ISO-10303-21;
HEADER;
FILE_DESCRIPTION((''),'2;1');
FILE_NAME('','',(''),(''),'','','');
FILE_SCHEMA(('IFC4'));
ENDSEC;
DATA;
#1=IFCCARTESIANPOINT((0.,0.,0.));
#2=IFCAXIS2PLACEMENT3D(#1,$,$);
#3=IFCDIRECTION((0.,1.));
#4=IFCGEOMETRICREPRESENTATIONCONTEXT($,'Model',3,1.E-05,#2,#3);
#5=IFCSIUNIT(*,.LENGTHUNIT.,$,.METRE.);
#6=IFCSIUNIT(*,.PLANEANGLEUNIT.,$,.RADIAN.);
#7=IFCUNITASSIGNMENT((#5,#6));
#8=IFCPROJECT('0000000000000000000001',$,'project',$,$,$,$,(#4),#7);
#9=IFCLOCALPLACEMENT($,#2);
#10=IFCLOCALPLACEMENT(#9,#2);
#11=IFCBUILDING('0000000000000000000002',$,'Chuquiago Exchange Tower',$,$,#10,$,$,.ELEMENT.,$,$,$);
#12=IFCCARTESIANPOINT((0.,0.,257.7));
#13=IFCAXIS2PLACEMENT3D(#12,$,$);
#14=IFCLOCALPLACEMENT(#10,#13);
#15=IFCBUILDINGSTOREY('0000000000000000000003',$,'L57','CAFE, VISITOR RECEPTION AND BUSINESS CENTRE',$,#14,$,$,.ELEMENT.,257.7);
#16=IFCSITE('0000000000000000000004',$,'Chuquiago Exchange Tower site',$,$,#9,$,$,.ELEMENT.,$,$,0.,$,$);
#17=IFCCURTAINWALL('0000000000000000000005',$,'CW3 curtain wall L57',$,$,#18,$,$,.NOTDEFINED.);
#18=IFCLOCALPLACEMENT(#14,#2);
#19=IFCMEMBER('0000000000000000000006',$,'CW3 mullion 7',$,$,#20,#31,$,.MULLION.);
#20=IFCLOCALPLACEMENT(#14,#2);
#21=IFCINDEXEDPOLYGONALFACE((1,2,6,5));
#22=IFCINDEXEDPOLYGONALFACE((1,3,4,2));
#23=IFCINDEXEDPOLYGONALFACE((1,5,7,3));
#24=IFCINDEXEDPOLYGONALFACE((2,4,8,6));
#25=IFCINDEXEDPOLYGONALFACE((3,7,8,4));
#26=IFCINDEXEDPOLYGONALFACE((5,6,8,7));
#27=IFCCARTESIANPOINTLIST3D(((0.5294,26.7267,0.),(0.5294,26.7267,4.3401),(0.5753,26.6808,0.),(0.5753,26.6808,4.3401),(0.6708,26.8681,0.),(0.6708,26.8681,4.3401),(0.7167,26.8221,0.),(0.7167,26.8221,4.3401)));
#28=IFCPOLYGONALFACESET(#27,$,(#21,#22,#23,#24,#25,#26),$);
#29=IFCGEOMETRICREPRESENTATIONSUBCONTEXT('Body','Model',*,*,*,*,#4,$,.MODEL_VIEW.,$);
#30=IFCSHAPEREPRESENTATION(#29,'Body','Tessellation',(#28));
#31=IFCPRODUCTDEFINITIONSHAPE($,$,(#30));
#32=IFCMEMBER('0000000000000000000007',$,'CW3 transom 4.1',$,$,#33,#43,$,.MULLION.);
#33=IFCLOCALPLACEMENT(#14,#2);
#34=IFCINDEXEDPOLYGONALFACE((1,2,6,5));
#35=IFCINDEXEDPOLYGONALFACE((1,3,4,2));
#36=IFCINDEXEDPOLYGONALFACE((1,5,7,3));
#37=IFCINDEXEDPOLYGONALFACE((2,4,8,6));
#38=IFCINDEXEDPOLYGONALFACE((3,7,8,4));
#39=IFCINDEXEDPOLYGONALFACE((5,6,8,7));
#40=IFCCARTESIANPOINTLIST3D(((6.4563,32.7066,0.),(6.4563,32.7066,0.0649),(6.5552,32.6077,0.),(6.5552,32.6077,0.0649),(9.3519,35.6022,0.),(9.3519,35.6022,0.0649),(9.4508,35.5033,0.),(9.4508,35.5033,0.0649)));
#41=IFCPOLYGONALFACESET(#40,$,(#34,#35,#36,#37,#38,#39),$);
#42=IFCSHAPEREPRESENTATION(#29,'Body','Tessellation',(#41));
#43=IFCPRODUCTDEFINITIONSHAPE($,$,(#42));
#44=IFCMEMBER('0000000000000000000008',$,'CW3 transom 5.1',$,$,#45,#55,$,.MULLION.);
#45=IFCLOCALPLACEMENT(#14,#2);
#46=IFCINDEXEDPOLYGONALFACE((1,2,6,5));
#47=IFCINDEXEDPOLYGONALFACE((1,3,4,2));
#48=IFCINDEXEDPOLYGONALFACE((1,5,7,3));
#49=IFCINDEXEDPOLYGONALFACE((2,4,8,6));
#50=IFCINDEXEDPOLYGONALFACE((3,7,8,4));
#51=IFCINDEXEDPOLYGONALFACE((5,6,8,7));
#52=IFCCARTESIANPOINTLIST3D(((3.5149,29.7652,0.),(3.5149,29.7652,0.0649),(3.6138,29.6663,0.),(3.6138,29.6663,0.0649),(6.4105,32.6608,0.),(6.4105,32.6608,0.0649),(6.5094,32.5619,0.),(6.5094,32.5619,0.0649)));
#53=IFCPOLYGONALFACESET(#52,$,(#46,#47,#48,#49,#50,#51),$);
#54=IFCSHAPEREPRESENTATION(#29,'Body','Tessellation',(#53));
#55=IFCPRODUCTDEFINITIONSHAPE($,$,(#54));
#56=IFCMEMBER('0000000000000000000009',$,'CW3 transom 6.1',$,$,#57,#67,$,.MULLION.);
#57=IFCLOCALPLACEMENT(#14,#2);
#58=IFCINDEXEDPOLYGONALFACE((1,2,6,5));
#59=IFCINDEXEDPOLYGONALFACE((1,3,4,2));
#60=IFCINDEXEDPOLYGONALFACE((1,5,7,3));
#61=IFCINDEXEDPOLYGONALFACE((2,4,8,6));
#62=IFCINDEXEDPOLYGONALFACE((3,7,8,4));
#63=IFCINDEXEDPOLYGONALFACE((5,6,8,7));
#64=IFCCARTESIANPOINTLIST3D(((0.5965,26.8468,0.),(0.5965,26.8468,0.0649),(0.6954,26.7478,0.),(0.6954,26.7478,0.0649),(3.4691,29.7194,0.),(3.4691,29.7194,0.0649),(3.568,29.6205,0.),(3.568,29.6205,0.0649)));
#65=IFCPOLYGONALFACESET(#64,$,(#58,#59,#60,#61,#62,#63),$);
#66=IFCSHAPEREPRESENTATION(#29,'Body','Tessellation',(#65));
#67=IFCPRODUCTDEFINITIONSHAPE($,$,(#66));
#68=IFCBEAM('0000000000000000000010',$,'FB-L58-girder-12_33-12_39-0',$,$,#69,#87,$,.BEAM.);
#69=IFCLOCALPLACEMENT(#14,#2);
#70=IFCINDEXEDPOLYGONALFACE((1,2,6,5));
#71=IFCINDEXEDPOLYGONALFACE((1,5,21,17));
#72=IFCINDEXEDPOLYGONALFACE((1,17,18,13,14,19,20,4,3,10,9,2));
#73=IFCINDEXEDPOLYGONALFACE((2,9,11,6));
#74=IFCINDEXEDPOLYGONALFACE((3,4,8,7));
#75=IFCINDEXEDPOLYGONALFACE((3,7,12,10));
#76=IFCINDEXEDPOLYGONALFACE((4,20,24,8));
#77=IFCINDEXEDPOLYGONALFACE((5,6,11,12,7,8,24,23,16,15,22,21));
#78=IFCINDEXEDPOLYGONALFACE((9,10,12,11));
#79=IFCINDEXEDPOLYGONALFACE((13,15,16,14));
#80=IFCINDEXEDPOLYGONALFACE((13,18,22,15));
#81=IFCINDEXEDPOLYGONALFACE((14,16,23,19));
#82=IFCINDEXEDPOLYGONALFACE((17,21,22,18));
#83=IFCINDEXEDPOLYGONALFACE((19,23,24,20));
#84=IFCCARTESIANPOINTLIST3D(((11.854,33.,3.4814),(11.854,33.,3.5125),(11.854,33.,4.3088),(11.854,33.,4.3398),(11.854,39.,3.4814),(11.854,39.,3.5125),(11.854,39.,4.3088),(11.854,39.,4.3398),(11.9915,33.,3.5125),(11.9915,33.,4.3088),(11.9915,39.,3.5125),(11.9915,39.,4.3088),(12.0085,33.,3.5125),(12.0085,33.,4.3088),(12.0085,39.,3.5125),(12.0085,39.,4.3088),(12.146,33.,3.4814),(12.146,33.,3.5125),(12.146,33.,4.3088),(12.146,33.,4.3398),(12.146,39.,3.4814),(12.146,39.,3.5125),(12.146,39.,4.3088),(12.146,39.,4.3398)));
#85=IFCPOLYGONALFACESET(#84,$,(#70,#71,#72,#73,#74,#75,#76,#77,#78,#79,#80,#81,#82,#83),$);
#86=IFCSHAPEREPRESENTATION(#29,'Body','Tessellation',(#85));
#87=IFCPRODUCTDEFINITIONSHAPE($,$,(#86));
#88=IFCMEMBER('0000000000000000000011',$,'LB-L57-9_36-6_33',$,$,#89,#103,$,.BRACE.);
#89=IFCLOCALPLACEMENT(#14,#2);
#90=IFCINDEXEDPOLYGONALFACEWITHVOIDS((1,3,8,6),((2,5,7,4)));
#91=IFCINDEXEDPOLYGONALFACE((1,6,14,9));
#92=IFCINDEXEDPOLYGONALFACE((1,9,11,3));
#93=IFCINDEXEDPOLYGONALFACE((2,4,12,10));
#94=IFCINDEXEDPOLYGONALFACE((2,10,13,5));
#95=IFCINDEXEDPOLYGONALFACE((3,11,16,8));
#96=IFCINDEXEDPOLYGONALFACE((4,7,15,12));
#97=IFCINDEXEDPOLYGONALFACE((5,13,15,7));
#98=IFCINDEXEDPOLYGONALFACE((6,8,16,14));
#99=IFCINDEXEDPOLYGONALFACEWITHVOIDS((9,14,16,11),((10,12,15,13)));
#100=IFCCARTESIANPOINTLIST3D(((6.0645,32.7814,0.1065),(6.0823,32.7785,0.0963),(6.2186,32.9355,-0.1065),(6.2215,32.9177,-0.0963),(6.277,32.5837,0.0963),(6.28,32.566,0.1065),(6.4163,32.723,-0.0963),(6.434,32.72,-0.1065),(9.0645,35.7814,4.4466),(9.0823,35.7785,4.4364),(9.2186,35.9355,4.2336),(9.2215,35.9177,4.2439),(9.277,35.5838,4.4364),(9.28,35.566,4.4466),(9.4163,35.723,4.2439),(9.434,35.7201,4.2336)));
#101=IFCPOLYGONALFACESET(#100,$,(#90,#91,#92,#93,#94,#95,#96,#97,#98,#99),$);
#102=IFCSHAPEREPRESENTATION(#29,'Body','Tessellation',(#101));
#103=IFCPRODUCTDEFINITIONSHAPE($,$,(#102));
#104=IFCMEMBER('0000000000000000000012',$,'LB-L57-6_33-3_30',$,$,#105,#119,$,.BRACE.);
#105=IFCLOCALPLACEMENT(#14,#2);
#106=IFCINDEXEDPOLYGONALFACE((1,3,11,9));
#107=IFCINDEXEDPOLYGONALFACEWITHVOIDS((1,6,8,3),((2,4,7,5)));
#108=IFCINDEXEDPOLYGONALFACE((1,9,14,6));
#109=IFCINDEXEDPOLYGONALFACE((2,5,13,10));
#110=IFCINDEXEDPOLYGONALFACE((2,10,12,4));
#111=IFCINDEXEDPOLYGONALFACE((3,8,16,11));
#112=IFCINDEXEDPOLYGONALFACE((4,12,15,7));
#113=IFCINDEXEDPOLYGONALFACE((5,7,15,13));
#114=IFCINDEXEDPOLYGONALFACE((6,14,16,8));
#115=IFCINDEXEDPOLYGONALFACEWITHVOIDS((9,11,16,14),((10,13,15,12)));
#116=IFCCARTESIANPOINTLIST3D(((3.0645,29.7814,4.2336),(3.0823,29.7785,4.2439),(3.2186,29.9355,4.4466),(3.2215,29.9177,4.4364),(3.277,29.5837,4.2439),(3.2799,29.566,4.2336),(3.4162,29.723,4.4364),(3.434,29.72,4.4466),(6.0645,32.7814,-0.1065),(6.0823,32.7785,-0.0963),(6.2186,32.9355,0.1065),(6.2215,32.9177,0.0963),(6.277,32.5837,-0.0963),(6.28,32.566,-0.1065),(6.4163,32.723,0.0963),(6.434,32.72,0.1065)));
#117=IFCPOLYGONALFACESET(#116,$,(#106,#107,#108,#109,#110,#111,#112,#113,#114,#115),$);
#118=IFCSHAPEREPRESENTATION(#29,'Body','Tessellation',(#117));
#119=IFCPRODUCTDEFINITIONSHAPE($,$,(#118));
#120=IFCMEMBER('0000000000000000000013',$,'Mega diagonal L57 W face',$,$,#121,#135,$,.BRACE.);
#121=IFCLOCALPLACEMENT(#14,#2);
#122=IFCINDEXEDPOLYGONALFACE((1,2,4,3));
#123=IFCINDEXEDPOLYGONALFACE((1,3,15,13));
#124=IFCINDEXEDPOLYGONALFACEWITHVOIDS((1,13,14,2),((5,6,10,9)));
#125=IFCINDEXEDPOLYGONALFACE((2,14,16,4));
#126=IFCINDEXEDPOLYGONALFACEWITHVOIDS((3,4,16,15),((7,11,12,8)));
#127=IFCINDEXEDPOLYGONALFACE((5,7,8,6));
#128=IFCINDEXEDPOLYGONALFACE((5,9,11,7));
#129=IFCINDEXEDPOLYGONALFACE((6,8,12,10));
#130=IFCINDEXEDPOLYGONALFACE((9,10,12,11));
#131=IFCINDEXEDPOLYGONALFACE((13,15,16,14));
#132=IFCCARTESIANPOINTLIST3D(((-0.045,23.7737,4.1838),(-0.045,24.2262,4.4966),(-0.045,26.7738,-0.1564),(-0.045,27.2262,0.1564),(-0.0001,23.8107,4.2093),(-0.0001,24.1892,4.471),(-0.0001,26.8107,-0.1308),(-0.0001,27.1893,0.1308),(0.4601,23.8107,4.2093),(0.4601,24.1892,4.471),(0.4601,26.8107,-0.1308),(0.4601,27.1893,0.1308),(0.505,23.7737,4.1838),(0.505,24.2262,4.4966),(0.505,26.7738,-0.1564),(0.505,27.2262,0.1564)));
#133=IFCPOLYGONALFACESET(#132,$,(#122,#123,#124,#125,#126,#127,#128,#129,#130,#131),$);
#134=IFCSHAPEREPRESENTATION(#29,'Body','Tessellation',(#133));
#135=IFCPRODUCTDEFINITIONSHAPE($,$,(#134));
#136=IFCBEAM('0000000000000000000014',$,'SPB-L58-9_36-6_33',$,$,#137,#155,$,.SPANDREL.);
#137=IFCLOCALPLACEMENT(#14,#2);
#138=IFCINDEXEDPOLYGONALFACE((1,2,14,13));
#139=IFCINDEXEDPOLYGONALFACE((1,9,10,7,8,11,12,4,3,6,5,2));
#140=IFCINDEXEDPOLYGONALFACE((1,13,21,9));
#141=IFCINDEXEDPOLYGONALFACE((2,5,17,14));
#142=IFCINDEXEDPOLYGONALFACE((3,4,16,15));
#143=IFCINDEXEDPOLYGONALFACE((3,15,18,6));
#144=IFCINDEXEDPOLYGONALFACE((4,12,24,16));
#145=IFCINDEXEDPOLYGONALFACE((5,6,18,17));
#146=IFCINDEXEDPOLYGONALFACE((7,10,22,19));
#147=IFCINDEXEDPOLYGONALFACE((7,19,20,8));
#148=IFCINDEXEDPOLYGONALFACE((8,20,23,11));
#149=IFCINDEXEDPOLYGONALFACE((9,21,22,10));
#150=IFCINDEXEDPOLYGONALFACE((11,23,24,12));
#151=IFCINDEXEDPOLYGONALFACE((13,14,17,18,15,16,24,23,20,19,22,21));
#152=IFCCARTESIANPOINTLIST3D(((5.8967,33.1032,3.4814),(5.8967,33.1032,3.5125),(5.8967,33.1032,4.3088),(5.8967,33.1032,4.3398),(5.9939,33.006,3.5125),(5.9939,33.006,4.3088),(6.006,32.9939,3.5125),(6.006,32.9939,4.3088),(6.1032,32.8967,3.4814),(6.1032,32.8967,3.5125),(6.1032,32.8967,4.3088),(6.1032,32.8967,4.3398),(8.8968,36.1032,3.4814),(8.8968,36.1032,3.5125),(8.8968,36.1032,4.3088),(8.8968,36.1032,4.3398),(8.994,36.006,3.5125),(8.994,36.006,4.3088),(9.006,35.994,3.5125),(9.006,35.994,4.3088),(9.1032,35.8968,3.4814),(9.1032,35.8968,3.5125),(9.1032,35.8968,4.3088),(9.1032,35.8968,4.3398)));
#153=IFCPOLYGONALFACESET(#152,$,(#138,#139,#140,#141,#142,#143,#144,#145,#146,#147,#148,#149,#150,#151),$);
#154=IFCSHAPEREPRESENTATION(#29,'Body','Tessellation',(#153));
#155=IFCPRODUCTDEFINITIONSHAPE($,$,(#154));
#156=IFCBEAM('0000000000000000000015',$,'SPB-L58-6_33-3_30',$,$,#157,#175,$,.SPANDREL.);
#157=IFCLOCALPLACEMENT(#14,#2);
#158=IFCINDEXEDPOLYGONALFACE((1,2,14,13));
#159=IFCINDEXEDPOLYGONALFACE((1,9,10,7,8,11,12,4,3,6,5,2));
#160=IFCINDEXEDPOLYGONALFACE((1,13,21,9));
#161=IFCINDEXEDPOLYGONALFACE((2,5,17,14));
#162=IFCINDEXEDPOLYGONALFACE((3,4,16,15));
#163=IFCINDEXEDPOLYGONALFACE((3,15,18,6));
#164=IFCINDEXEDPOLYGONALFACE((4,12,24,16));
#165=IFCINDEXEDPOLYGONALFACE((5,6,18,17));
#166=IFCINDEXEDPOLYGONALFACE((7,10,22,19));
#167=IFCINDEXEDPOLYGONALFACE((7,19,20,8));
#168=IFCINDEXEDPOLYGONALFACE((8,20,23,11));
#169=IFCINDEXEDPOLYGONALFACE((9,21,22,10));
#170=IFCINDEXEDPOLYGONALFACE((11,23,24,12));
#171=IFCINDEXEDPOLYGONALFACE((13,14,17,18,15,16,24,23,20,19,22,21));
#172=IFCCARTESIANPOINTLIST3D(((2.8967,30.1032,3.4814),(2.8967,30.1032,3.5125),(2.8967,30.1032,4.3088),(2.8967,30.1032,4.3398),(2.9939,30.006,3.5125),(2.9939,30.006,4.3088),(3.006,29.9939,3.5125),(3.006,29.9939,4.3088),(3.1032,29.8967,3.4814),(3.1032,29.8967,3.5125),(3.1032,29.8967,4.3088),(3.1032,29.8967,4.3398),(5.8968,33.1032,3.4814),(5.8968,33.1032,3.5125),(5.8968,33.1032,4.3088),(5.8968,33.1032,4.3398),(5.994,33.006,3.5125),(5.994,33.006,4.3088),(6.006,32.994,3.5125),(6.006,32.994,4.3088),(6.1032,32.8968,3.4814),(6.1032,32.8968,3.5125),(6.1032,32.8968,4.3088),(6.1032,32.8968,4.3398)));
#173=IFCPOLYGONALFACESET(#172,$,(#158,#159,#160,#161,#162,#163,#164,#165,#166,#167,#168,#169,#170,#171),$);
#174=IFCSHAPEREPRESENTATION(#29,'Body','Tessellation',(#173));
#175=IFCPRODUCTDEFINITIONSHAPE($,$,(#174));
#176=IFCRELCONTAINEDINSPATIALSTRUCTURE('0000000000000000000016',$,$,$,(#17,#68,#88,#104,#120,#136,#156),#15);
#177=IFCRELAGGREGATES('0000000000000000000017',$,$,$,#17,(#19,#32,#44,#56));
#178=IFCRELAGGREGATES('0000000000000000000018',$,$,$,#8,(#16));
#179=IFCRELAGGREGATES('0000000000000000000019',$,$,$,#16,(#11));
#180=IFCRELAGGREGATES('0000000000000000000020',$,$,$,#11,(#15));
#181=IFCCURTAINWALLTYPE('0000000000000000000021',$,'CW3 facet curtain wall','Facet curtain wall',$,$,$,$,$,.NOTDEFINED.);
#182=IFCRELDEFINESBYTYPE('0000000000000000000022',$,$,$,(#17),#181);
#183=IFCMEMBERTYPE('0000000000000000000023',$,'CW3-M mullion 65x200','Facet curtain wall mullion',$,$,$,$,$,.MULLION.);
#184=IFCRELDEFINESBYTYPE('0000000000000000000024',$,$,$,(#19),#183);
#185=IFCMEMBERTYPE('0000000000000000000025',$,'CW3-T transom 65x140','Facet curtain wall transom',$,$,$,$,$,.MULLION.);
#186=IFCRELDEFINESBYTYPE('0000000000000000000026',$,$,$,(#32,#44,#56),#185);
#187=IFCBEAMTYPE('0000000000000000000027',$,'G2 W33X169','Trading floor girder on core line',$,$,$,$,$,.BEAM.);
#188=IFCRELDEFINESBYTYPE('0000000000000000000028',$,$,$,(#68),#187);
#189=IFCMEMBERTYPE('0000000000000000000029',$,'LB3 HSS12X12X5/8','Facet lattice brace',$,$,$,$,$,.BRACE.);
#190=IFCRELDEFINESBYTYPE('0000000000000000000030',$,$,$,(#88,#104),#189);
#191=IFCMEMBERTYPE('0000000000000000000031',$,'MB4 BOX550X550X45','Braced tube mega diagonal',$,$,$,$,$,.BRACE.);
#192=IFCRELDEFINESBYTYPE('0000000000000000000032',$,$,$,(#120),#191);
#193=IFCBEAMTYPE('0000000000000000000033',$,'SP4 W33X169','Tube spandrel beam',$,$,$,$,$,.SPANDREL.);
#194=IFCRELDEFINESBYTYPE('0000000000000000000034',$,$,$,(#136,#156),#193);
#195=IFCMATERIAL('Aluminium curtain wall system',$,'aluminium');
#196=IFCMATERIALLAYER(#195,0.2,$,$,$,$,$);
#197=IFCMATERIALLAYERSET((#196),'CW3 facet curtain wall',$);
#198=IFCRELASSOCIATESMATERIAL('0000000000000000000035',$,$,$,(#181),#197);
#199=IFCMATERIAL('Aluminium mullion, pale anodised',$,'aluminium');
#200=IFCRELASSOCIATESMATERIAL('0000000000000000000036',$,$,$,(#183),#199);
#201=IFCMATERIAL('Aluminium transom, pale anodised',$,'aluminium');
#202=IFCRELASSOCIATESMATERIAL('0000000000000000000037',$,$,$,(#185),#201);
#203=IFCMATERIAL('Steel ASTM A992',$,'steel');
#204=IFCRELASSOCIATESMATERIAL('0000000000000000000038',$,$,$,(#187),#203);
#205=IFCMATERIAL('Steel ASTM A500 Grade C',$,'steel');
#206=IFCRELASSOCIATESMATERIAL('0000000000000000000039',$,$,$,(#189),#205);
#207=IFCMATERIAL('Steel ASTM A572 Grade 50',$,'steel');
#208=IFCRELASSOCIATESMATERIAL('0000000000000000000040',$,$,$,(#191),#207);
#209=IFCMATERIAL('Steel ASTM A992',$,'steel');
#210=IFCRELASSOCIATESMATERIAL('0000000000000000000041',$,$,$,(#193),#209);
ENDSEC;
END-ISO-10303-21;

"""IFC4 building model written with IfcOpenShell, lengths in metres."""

from ifc_helpers import new_model, si_unit, direction, frame, origin, origin_2d, place, context, subcontext, project, spatial, rectangle, hollow_rectangle, i_section, extrude, material, layer, layer_set, material_profile, profile_set, type_object, element, aggregate, save


model = new_model("IFC4")

# Units and contexts
model_context = context("Model", 3, precision=1e-05, world=origin(), true_north=direction((0.0, 1.0)))
body_context = subcontext(model_context, "Body", "Model", "MODEL_VIEW")
ifc_project = project(units=[si_unit("LENGTHUNIT", "METRE"), si_unit("PLANEANGLEUNIT", "RADIAN")], contexts=[model_context])

# Site, building, storey
site_placement = place(None, origin())
site = spatial("IfcSite", under=ifc_project, at=site_placement, Name="Chuquiago Exchange Tower site", CompositionType="ELEMENT", RefElevation=0.0)
building_placement = place(site_placement, origin())
building = spatial("IfcBuilding", under=site, at=building_placement, Name="Chuquiago Exchange Tower", CompositionType="ELEMENT")
storey_placement = place(building_placement, frame((0.0, 0.0, 257.7)))
storey = spatial("IfcBuildingStorey", under=building, at=storey_placement, Name="L57", Description="CAFE, VISITOR RECEPTION AND BUSINESS CENTRE", CompositionType="ELEMENT", Elevation=257.7)

# Curtain wall, members
ifc_material_1 = material(Name="Aluminium curtain wall system", Category="aluminium")
ifc_layer_1 = layer(ifc_material_1, 0.2)
ifc_layer_set_1 = layer_set([ifc_layer_1], Name="CW3 facet curtain wall")
curtain_wall_type = type_object("IfcCurtainWallType", Name="CW3 facet curtain wall", Description="Facet curtain wall", PredefinedType="NOTDEFINED", material=ifc_layer_set_1)
curtain_wall_placement = place(storey_placement, origin())
curtain_wall = element("IfcCurtainWall", 1, at=curtain_wall_placement, inside=storey, type_object=curtain_wall_type, Name="CW3 curtain wall L57", PredefinedType="NOTDEFINED")
ifc_material_2 = material(Name="Aluminium mullion, pale anodised", Category="aluminium")
ifc_material_profile_1 = material_profile(ifc_material_2, rectangle(XDim=0.0649, YDim=0.2, at=origin_2d()), Name="AL 65x200")
ifc_profile_set_1 = profile_set([ifc_material_profile_1], Name="Aluminium mullion, pale anodised")
member_type_1 = type_object("IfcMemberType", Name="CW3-M mullion 65x200", Description="Facet curtain wall mullion", PredefinedType="MULLION", material=ifc_profile_set_1)
member_1_placement = place(storey_placement, frame((0.623, 26.7744, 0.0), z_axis=(0.0, 0.0, 1.0), x_axis=(0.707107, -0.707107, 0.0)))
member_1 = element("IfcMember", 2, at=member_1_placement, type_object=member_type_1, Name="CW3 mullion 7", PredefinedType="MULLION", context=body_context, shape_type="SweptSolid", body=[
    extrude(rectangle(XDim=0.0649, YDim=0.2, at=origin_2d()), origin(), (0.0, 0.0, 1.0), 4.3401),
])
ifc_material_3 = material(Name="Aluminium transom, pale anodised", Category="aluminium")
ifc_material_profile_2 = material_profile(ifc_material_3, rectangle(XDim=0.1399, YDim=0.0649, at=origin_2d()), Name="AL 140x65")
ifc_profile_set_2 = profile_set([ifc_material_profile_2], Name="Aluminium transom, pale anodised")
member_type_2 = type_object("IfcMemberType", Name="CW3-T transom 65x140", Description="Facet curtain wall transom", PredefinedType="MULLION", material=ifc_profile_set_2)
member_2_placement = place(storey_placement, frame((9.4014, 35.5527, 0.0325), z_axis=(-0.707107, -0.707107, 0.0), x_axis=(0.707107, -0.707107, 0.0)))
member_2 = element("IfcMember", 3, at=member_2_placement, type_object=member_type_2, Name="CW3 transom 4.1", PredefinedType="MULLION", context=body_context, shape_type="SweptSolid", body=[
    extrude(rectangle(XDim=0.1399, YDim=0.0649, at=origin_2d()), origin(), (0.0, 0.0, 1.0), 4.095),
])
member_3_placement = place(storey_placement, frame((6.46, 32.6113, 0.0325), z_axis=(-0.707107, -0.707107, 0.0), x_axis=(0.707107, -0.707107, 0.0)))
member_3 = element("IfcMember", 4, at=member_3_placement, type_object=member_type_2, Name="CW3 transom 5.1", PredefinedType="MULLION", context=body_context, shape_type="SweptSolid", body=[
    extrude(rectangle(XDim=0.1399, YDim=0.0649, at=origin_2d()), origin(), (0.0, 0.0, 1.0), 4.095),
])
member_4_placement = place(storey_placement, frame((3.5186, 29.6699, 0.0325), z_axis=(-0.707107, -0.707107, 0.0), x_axis=(0.707107, -0.707107, 0.0)))
member_4 = element("IfcMember", 5, at=member_4_placement, type_object=member_type_2, Name="CW3 transom 6.1", PredefinedType="MULLION", context=body_context, shape_type="SweptSolid", body=[
    extrude(rectangle(XDim=0.1399, YDim=0.0649, at=origin_2d()), origin(), (0.0, 0.0, 1.0), 4.0625),
])

# Beam
ifc_material_4 = material(Name="Steel ASTM A992", Category="steel")
ifc_material_profile_3 = material_profile(ifc_material_4, i_section(OverallWidth=0.292, OverallDepth=0.8584, WebThickness=0.0171, FlangeThickness=0.031, at=origin_2d()), Name="W33X169")
ifc_profile_set_3 = profile_set([ifc_material_profile_3], Name="Steel ASTM A992")
beam_type_1 = type_object("IfcBeamType", Name="G2 W33X169", Description="Trading floor girder on core line", PredefinedType="BEAM", material=ifc_profile_set_3)
beam_1_placement = place(storey_placement, frame((12.0, 33.0, 3.9106), z_axis=(0.0, 1.0, 0.0), x_axis=(-1.0, 0.0, 0.0)))
element("IfcBeam", 6, at=beam_1_placement, inside=storey, type_object=beam_type_1, Name="FB-L58-girder-12_33-12_39-0", PredefinedType="BEAM", context=body_context, shape_type="SweptSolid", body=[
    extrude(i_section(OverallWidth=0.292, OverallDepth=0.8584, WebThickness=0.0171, FlangeThickness=0.031, at=origin_2d()), origin(), (0.0, 0.0, 1.0), 6.0),
])

# Members
ifc_material_5 = material(Name="Steel ASTM A500 Grade C", Category="steel")
ifc_material_profile_4 = material_profile(ifc_material_5, hollow_rectangle(XDim=0.3047, YDim=0.3047, WallThickness=0.0146, at=origin_2d()), Name="HSS12X12X5/8")
ifc_profile_set_4 = profile_set([ifc_material_profile_4], Name="Steel ASTM A500 Grade C")
member_type_3 = type_object("IfcMemberType", Name="LB3 HSS12X12X5/8", Description="Facet lattice brace", PredefinedType="BRACE", material=ifc_profile_set_4)
for number, where, z_axis, x_axis, name in (
    (7, (6.2493, 32.7507, 0.0), (0.494291, 0.494291, 0.715089), (-0.707107, 0.707107, 0.0), "LB-L57-9_36-6_33"),
    (8, (6.2493, 32.7507, 0.0), (-0.494291, -0.494291, 0.715089), (0.707107, -0.707107, 0.0), "LB-L57-6_33-3_30"),
):
    element("IfcMember", number, at=place(storey_placement, frame(where, z_axis=z_axis, x_axis=x_axis)), inside=storey, type_object=member_type_3, Name=name, PredefinedType="BRACE", context=body_context, shape_type="SweptSolid", body=[
        extrude(hollow_rectangle(XDim=0.3047, YDim=0.3047, WallThickness=0.0146, at=origin_2d()), origin(), (0.0, 0.0, 1.0), 6.0693),
    ])
ifc_material_6 = material(Name="Steel ASTM A572 Grade 50", Category="steel")
ifc_material_profile_5 = material_profile(ifc_material_6, hollow_rectangle(XDim=0.55, YDim=0.55, WallThickness=0.0449, at=origin_2d()), Name="BOX550X550X45")
ifc_profile_set_5 = profile_set([ifc_material_profile_5], Name="Steel ASTM A572 Grade 50")
member_type_4 = type_object("IfcMemberType", Name="MB4 BOX550X550X45", Description="Braced tube mega diagonal", PredefinedType="BRACE", material=ifc_profile_set_5)
member_5_placement = place(storey_placement, frame((0.23, 27.0, 0.0), z_axis=(0.0, -0.568611, 0.822607), x_axis=(1.0, 0.0, 0.0)))
element("IfcMember", 9, at=member_5_placement, inside=storey, type_object=member_type_4, Name="Mega diagonal L57 W face", PredefinedType="BRACE", context=body_context, shape_type="SweptSolid", body=[
    extrude(hollow_rectangle(XDim=0.55, YDim=0.55, WallThickness=0.0449, at=origin_2d()), origin(), (0.0, 0.0, 1.0), 5.2761),
])

# Beams
ifc_material_7 = material(Name="Steel ASTM A992", Category="steel")
ifc_material_profile_6 = material_profile(ifc_material_7, i_section(OverallWidth=0.292, OverallDepth=0.8584, WebThickness=0.0171, FlangeThickness=0.031, at=origin_2d()), Name="W33X169")
ifc_profile_set_6 = profile_set([ifc_material_profile_6], Name="Steel ASTM A992")
beam_type_2 = type_object("IfcBeamType", Name="SP4 W33X169", Description="Tube spandrel beam", PredefinedType="SPANDREL", material=ifc_profile_set_6)
for number, where, z_axis, x_axis, name in (
    (10, (9.0, 36.0, 3.9106), (-0.707107, -0.707107, 0.0), (0.707107, -0.707107, 0.0), "SPB-L58-9_36-6_33"),
    (11, (6.0, 33.0, 3.9106), (-0.707107, -0.707107, 0.0), (0.707107, -0.707107, 0.0), "SPB-L58-6_33-3_30"),
):
    element("IfcBeam", number, at=place(storey_placement, frame(where, z_axis=z_axis, x_axis=x_axis)), inside=storey, type_object=beam_type_2, Name=name, PredefinedType="SPANDREL", context=body_context, shape_type="SweptSolid", body=[
        extrude(i_section(OverallWidth=0.292, OverallDepth=0.8584, WebThickness=0.0171, FlangeThickness=0.031, at=origin_2d()), origin(), (0.0, 0.0, 1.0), 4.2427),
    ])

aggregate(curtain_wall, [member_1, member_2, member_3, member_4])

save(model, "model.ifc")
